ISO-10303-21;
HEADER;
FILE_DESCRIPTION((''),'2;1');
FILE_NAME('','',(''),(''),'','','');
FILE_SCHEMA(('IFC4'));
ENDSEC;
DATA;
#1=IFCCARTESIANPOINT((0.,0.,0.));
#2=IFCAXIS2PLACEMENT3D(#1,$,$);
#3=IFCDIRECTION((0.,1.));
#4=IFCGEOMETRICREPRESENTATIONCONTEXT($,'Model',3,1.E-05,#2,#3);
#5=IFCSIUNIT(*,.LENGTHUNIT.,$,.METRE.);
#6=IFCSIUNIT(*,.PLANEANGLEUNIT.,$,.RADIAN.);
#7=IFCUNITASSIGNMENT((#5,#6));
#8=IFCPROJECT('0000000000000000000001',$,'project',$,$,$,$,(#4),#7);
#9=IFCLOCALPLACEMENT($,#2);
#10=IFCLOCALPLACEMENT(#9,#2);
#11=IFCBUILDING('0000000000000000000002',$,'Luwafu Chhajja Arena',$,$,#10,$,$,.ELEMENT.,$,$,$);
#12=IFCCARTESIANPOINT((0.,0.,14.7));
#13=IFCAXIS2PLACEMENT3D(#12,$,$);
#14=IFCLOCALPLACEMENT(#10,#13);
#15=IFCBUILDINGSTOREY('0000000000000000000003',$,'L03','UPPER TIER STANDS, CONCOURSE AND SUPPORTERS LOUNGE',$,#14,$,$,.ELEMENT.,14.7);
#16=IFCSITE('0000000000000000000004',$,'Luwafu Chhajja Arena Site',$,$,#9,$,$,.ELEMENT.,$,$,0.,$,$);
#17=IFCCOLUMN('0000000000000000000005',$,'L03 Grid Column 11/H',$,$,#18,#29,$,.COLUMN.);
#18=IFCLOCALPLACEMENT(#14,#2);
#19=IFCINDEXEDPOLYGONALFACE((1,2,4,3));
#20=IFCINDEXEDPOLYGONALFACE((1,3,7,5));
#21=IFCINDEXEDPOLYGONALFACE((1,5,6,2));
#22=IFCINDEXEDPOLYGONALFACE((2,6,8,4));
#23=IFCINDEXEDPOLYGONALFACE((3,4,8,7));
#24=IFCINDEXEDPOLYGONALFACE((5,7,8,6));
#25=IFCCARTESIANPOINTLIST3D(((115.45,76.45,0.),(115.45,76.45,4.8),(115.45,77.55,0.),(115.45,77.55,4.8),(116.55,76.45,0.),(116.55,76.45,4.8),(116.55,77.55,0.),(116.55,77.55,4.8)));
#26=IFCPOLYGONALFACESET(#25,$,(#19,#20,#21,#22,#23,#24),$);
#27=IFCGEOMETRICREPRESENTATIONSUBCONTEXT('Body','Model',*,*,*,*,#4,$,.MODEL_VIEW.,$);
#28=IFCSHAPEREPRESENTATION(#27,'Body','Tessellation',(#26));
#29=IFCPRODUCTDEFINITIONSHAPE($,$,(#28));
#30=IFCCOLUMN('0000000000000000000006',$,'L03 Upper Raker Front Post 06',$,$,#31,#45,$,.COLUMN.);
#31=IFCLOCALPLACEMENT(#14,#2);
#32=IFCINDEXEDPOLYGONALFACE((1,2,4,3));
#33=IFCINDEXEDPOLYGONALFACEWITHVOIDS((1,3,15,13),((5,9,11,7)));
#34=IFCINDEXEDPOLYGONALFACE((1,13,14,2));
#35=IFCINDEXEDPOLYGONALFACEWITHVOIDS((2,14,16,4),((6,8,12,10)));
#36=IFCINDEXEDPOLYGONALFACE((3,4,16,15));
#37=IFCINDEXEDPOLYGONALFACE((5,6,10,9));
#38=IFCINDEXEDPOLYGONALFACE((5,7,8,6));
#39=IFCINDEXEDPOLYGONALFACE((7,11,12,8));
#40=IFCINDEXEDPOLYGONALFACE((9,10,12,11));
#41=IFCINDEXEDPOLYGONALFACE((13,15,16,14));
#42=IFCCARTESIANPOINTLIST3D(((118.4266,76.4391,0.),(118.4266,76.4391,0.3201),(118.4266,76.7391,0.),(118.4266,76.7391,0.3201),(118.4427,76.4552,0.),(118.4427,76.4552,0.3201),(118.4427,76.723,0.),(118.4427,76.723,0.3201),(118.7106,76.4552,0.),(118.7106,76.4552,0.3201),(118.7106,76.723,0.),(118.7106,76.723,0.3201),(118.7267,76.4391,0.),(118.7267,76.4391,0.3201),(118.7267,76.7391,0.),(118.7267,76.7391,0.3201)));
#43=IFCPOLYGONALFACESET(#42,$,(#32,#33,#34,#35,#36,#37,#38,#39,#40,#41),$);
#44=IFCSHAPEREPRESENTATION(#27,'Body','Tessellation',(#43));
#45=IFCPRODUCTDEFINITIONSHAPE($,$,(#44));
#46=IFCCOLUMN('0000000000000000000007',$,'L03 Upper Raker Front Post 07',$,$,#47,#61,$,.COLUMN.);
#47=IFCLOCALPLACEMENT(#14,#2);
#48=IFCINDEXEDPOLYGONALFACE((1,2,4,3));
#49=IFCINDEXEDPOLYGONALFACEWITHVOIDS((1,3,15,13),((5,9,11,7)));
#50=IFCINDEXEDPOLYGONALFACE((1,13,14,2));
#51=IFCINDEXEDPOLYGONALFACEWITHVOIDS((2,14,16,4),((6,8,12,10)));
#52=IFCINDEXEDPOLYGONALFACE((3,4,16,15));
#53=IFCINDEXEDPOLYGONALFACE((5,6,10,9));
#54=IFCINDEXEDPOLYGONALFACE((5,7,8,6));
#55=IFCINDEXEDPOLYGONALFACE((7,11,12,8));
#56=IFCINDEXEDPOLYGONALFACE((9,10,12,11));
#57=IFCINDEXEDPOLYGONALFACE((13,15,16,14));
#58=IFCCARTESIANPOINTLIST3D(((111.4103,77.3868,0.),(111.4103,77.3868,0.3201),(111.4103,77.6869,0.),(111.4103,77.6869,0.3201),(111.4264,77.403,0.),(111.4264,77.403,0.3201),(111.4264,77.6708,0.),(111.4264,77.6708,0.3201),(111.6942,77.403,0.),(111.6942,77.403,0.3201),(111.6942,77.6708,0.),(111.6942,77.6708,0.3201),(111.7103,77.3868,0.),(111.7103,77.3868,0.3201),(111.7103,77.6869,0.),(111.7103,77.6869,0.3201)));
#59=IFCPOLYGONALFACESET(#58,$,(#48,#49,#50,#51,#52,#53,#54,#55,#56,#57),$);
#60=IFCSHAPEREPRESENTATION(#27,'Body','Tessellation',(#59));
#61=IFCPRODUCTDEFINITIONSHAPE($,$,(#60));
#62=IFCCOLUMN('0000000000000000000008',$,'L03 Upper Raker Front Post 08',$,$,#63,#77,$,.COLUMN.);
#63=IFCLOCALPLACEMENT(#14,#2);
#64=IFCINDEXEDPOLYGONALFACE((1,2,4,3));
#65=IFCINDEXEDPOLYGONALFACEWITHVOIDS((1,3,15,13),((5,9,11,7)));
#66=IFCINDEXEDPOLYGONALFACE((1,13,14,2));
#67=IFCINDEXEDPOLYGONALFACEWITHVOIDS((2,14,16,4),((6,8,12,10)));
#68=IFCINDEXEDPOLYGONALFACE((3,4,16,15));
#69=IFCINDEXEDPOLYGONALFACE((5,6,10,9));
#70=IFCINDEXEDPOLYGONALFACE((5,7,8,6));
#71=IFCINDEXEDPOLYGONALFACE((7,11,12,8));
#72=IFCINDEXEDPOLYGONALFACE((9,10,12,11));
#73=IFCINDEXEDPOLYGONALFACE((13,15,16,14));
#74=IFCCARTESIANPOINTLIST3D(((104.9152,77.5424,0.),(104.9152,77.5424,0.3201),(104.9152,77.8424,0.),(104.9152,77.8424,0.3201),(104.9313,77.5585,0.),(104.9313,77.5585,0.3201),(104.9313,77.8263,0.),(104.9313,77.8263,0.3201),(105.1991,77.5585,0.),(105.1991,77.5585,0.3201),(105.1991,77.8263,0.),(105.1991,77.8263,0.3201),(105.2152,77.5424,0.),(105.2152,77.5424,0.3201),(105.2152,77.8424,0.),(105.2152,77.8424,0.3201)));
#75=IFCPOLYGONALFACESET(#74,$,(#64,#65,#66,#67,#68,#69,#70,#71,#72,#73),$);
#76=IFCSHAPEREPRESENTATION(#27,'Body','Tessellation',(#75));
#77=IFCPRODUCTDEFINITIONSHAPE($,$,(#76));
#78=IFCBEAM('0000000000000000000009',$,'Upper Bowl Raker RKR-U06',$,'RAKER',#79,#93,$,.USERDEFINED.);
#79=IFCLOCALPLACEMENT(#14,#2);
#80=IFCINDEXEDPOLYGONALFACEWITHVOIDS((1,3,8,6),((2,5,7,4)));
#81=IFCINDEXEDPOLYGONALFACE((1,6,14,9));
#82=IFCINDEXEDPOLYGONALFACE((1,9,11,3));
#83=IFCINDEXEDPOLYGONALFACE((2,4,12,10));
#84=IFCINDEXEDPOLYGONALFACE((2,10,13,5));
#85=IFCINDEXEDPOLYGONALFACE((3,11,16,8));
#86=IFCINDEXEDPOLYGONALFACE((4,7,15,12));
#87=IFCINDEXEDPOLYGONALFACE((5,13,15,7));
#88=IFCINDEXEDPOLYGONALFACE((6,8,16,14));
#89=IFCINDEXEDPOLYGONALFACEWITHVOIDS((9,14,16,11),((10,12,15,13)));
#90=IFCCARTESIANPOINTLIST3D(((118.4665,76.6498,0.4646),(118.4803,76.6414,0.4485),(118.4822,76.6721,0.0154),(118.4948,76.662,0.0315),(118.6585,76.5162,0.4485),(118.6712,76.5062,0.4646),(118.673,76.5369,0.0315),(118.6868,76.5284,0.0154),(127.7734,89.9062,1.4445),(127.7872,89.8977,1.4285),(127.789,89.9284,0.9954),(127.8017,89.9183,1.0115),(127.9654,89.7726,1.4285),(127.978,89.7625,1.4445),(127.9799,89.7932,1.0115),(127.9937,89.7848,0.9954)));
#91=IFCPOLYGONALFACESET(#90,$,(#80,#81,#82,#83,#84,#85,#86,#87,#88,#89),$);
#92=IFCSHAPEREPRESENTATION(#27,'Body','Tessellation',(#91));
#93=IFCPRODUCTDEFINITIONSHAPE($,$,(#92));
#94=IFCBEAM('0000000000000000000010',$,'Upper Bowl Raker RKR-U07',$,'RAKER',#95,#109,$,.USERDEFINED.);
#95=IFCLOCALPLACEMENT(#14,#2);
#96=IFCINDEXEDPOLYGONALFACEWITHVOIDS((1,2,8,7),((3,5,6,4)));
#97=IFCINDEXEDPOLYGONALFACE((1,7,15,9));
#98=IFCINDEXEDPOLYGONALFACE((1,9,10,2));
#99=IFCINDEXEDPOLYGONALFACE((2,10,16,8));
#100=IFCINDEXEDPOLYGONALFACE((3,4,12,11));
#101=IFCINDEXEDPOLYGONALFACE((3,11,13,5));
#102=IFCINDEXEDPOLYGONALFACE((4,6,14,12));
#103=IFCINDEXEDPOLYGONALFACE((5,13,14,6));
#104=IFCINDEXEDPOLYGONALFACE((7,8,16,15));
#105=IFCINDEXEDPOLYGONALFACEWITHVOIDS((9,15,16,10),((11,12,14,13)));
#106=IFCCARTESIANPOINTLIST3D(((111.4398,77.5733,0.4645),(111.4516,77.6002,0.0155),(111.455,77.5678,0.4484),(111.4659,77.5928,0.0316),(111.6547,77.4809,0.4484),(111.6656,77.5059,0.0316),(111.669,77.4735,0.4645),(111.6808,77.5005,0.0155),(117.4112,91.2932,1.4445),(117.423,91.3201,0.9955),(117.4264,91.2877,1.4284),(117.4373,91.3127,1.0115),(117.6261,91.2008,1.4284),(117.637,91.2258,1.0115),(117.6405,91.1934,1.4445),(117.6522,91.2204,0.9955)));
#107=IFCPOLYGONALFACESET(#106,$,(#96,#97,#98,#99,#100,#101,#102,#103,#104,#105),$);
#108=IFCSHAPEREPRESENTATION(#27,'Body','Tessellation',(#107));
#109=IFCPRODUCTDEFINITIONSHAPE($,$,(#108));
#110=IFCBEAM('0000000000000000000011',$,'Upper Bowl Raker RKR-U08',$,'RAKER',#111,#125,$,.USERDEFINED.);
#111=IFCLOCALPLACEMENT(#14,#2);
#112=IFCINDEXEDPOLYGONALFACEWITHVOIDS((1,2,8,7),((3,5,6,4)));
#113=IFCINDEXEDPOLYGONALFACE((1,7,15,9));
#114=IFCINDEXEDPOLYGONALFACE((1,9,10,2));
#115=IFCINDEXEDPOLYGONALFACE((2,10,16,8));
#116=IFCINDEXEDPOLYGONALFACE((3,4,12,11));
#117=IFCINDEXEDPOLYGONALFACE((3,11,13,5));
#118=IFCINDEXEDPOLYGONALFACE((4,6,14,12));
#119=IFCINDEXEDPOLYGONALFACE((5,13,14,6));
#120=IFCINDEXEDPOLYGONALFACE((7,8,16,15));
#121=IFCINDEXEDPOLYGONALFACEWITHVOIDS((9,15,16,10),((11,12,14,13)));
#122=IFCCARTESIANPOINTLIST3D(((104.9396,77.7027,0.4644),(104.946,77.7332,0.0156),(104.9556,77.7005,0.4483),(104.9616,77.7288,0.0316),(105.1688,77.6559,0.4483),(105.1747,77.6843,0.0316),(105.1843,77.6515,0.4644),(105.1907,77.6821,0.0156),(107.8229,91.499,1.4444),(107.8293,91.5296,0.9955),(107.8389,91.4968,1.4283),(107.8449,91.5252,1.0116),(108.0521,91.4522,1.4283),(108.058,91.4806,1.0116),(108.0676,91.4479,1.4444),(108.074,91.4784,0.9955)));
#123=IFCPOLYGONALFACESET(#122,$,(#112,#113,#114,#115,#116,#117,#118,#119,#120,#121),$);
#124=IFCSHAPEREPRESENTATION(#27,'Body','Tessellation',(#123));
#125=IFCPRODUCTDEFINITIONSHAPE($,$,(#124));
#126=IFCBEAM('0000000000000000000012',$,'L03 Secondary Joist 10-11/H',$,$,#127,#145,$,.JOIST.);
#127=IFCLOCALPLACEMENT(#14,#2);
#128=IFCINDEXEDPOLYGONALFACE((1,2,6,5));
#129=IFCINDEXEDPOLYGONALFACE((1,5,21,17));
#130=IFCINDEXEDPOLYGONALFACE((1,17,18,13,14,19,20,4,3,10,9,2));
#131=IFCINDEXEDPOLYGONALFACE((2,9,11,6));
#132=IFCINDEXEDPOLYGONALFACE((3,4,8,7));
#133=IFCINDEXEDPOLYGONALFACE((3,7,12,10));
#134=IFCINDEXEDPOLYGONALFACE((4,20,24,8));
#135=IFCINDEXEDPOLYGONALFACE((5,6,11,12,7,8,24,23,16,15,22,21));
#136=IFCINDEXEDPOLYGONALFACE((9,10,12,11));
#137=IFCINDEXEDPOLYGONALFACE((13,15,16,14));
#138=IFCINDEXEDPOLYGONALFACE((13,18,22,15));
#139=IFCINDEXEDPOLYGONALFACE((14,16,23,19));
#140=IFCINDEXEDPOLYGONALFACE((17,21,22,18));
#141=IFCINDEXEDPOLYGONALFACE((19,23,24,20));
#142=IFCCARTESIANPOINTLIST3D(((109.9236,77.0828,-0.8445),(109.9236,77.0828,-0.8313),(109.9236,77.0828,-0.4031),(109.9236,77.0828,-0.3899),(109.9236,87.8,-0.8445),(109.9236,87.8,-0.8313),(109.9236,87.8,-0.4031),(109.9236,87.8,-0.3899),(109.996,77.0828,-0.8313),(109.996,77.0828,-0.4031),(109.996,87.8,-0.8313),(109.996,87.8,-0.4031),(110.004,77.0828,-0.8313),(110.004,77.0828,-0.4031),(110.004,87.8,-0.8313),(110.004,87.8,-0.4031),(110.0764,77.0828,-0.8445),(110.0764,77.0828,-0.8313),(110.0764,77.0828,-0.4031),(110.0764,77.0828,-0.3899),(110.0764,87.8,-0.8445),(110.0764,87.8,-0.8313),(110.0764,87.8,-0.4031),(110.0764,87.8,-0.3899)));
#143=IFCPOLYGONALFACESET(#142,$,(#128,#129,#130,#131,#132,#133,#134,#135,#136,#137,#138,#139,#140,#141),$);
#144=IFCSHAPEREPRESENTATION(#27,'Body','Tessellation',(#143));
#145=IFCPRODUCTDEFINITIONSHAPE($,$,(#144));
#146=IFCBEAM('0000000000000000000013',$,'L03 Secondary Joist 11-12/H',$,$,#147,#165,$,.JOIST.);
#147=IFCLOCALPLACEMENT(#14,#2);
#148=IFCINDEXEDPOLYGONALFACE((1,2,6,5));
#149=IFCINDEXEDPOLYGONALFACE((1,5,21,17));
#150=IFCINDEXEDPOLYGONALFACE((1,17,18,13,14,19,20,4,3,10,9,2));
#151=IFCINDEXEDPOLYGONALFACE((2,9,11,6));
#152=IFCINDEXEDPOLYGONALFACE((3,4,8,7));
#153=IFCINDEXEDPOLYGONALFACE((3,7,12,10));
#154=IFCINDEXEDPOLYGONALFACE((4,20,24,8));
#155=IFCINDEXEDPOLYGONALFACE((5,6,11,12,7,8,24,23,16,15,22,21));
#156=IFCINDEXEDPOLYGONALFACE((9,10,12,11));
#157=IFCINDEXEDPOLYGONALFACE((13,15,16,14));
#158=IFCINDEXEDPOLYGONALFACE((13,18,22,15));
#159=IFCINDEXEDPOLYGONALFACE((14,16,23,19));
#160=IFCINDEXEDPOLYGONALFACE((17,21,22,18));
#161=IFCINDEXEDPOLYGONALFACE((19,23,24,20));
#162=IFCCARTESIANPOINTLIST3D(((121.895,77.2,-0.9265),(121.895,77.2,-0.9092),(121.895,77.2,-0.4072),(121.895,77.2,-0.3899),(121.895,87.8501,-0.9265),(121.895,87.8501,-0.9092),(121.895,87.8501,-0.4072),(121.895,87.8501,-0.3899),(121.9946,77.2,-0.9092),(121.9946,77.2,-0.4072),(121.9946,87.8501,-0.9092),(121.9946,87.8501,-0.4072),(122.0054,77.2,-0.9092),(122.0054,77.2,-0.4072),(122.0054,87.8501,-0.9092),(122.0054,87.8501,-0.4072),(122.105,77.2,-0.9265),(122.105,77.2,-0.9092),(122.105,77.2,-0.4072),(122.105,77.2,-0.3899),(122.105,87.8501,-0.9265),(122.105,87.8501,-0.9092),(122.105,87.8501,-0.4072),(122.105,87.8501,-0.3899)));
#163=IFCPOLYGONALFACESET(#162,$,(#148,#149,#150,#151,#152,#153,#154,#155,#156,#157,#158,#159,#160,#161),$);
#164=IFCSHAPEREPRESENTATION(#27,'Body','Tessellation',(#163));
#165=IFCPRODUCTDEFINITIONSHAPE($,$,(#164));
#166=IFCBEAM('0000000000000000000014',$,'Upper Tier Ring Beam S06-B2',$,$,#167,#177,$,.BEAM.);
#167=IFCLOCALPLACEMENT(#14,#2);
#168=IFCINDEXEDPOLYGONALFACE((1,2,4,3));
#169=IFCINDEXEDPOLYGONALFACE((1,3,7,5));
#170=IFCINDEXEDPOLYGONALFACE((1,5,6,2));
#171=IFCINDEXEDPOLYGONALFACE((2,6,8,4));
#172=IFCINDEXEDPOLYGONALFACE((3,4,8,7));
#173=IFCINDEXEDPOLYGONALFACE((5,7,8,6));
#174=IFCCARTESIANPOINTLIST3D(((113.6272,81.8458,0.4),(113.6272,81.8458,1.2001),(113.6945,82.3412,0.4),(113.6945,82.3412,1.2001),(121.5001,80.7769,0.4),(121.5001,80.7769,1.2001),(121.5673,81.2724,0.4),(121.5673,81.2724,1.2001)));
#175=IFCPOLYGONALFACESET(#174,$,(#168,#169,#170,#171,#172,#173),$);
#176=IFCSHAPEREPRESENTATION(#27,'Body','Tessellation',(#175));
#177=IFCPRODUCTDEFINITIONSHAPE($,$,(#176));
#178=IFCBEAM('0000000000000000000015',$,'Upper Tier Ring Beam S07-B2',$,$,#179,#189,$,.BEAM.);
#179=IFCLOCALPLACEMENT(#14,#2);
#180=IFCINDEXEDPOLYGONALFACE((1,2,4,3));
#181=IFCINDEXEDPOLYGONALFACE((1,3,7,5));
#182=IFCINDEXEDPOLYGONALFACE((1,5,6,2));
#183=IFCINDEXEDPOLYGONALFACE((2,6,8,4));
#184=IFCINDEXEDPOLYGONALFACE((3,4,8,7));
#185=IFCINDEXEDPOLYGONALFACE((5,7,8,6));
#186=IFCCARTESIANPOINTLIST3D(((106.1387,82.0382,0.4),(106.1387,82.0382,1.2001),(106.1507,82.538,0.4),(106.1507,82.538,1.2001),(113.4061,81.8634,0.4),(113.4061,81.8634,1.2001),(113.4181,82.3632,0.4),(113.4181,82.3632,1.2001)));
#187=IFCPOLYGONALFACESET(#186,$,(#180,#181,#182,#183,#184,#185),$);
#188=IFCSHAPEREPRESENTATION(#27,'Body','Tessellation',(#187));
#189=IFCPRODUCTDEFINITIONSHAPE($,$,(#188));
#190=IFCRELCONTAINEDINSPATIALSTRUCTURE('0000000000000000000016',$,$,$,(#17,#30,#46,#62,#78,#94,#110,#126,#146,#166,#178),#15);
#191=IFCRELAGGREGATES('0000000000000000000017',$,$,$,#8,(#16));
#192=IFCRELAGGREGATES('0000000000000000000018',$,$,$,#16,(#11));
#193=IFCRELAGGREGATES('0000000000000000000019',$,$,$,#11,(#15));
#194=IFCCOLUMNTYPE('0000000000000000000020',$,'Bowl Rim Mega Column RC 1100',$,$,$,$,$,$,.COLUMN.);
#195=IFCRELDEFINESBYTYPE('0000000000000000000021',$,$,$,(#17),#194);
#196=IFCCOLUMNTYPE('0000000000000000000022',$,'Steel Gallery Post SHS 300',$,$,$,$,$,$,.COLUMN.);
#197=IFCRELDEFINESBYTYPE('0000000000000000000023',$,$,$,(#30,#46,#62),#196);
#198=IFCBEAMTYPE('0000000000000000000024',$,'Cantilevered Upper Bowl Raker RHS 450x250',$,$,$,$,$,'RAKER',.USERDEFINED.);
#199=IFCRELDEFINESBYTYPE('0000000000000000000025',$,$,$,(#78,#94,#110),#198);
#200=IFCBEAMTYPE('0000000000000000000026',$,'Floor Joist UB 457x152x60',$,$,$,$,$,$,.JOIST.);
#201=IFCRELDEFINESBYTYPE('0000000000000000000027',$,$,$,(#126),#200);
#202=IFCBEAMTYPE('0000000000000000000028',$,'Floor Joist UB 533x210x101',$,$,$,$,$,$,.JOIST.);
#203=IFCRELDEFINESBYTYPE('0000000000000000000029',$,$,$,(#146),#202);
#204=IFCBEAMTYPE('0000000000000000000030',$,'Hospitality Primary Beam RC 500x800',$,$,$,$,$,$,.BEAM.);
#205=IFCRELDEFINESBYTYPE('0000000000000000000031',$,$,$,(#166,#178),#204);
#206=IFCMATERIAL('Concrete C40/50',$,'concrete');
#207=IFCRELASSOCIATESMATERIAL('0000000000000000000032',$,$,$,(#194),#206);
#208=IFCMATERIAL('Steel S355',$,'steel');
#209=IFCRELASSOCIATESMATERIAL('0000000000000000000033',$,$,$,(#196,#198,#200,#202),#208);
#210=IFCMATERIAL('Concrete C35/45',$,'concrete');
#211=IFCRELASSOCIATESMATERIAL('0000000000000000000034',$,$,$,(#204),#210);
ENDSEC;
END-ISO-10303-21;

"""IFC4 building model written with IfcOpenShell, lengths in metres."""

from ifc_helpers import new_model, si_unit, direction, frame, origin, origin_2d, place, context, subcontext, project, spatial, rectangle, hollow_rectangle, i_section, extrude, material, material_profile, profile_set, type_object, element, save


model = new_model("IFC4")

# Units and contexts
model_context = context("Model", 3, precision=1e-05, world=origin(), true_north=direction((0.0, 1.0)))
body_context = subcontext(model_context, "Body", "Model", "MODEL_VIEW")
ifc_project = project(units=[si_unit("LENGTHUNIT", "METRE"), si_unit("PLANEANGLEUNIT", "RADIAN")], contexts=[model_context])

# Site, building, storey
site_placement = place(None, origin())
site = spatial("IfcSite", under=ifc_project, at=site_placement, Name="Luwafu Chhajja Arena Site", CompositionType="ELEMENT", RefElevation=0.0)
building_placement = place(site_placement, origin())
building = spatial("IfcBuilding", under=site, at=building_placement, Name="Luwafu Chhajja Arena", CompositionType="ELEMENT")
storey_placement = place(building_placement, frame((0.0, 0.0, 14.7)))
storey = spatial("IfcBuildingStorey", under=building, at=storey_placement, Name="L03", Description="UPPER TIER STANDS, CONCOURSE AND SUPPORTERS LOUNGE", CompositionType="ELEMENT", Elevation=14.7)

# Columns
ifc_material_1 = material(Name="Concrete C40/50", Category="concrete")
ifc_material_profile_1 = material_profile(ifc_material_1, rectangle(XDim=1.1001, YDim=1.1001, at=origin_2d()), Name="RC 1100x1100")
ifc_profile_set_1 = profile_set([ifc_material_profile_1], Name="Concrete C40/50")
column_type_1 = type_object("IfcColumnType", Name="Bowl Rim Mega Column RC 1100", PredefinedType="COLUMN", material=ifc_profile_set_1)
column_placement = place(storey_placement, frame((116.0, 77.0, 0.0), z_axis=(0.0, 0.0, 1.0), x_axis=(1.0, 0.0, 0.0)))
element("IfcColumn", 1, at=column_placement, inside=storey, type_object=column_type_1, Name="L03 Grid Column 11/H", PredefinedType="COLUMN", context=body_context, shape_type="SweptSolid", body=[
    extrude(rectangle(XDim=1.1001, YDim=1.1001, at=origin_2d()), origin(), (0.0, 0.0, 1.0), 4.8),
])
ifc_material_2 = material(Name="Steel S355", Category="steel")
ifc_material_profile_2 = material_profile(ifc_material_2, hollow_rectangle(XDim=0.3, YDim=0.3, WallThickness=0.0161, at=origin_2d()), Name="SHS 300x300x16")
ifc_profile_set_2 = profile_set([ifc_material_profile_2], Name="Steel S355")
column_type_2 = type_object("IfcColumnType", Name="Steel Gallery Post SHS 300", PredefinedType="COLUMN", material=ifc_profile_set_2)
for number, where, z_axis, x_axis, name in (
    (2, (118.5767, 76.5891, 0.0), (0.0, 0.0, 1.0), (1.0, 0.0, 0.0), "L03 Upper Raker Front Post 06"),
    (3, (111.5603, 77.5369, 0.0), (0.0, 0.0, 1.0), (1.0, 0.0, 0.0), "L03 Upper Raker Front Post 07"),
    (4, (105.0652, 77.6924, 0.0), (0.0, 0.0, 1.0), (1.0, 0.0, 0.0), "L03 Upper Raker Front Post 08"),
):
    element("IfcColumn", number, at=place(storey_placement, frame(where, z_axis=z_axis, x_axis=x_axis)), inside=storey, type_object=column_type_2, Name=name, PredefinedType="COLUMN", context=body_context, shape_type="SweptSolid", body=[
        extrude(hollow_rectangle(XDim=0.3, YDim=0.3, WallThickness=0.0161, at=origin_2d()), origin(), (0.0, 0.0, 1.0), 0.3201),
    ])

# Beams
ifc_material_profile_3 = material_profile(ifc_material_2, hollow_rectangle(XDim=0.25, YDim=0.45, WallThickness=0.0161, at=origin_2d()), Name="RHS 450x250x16")
ifc_profile_set_3 = profile_set([ifc_material_profile_3], Name="Steel S355")
beam_type_1 = type_object("IfcBeamType", Name="Cantilevered Upper Bowl Raker RHS 450x250", ElementType="RAKER", PredefinedType="USERDEFINED", material=ifc_profile_set_3)
beam_1_placement = place(storey_placement, frame((118.5767, 76.5891, 0.24), z_axis=(0.57355, 0.816941, 0.060393), x_axis=(-0.818435, 0.574599, 0.0)))
element("IfcBeam", 5, at=beam_1_placement, inside=storey, type_object=beam_type_1, Name="Upper Bowl Raker RKR-U06", ObjectType="RAKER", PredefinedType="USERDEFINED", context=body_context, shape_type="SweptSolid", body=[
    extrude(hollow_rectangle(XDim=0.25, YDim=0.45, WallThickness=0.0161, at=origin_2d()), origin(), (0.0, 0.0, 1.0), 16.2268),
])
beam_2_placement = place(storey_placement, frame((111.5603, 77.5369, 0.24), z_axis=(0.398223, 0.914958, 0.065353), x_axis=(-0.916918, 0.399076, 0.0)))
element("IfcBeam", 6, at=beam_2_placement, inside=storey, type_object=beam_type_1, Name="Upper Bowl Raker RKR-U07", ObjectType="RAKER", PredefinedType="USERDEFINED", context=body_context, shape_type="SweptSolid", body=[
    extrude(hollow_rectangle(XDim=0.25, YDim=0.45, WallThickness=0.0161, at=origin_2d()), origin(), (0.0, 0.0, 1.0), 14.9951),
])
beam_3_placement = place(storey_placement, frame((105.0652, 77.6924, 0.24), z_axis=(0.204077, 0.976494, 0.069362), x_axis=(-0.978852, 0.20457, 0.0)))
element("IfcBeam", 7, at=beam_3_placement, inside=storey, type_object=beam_type_1, Name="Upper Bowl Raker RKR-U08", ObjectType="RAKER", PredefinedType="USERDEFINED", context=body_context, shape_type="SweptSolid", body=[
    extrude(hollow_rectangle(XDim=0.25, YDim=0.45, WallThickness=0.0161, at=origin_2d()), origin(), (0.0, 0.0, 1.0), 14.1284),
])
ifc_material_profile_4 = material_profile(ifc_material_2, i_section(OverallWidth=0.1528, OverallDepth=0.4546, WebThickness=0.0081, FlangeThickness=0.0132, at=origin_2d()), Name="UB 457x152x60")
ifc_profile_set_4 = profile_set([ifc_material_profile_4], Name="Steel S355")
beam_type_2 = type_object("IfcBeamType", Name="Floor Joist UB 457x152x60", PredefinedType="JOIST", material=ifc_profile_set_4)
beam_4_placement = place(storey_placement, frame((110.0, 77.0828, -0.6172), z_axis=(0.0, 1.0, 0.0), x_axis=(-1.0, 0.0, 0.0)))
element("IfcBeam", 8, at=beam_4_placement, inside=storey, type_object=beam_type_2, Name="L03 Secondary Joist 10-11/H", PredefinedType="JOIST", context=body_context, shape_type="SweptSolid", body=[
    extrude(i_section(OverallWidth=0.1528, OverallDepth=0.4546, WebThickness=0.0081, FlangeThickness=0.0132, at=origin_2d()), origin(), (0.0, 0.0, 1.0), 10.7173),
])
ifc_material_profile_5 = material_profile(ifc_material_2, i_section(OverallWidth=0.21, OverallDepth=0.5366, WebThickness=0.0107, FlangeThickness=0.0173, at=origin_2d()), Name="UB 533x210x101")
ifc_profile_set_5 = profile_set([ifc_material_profile_5], Name="Steel S355")
beam_type_3 = type_object("IfcBeamType", Name="Floor Joist UB 533x210x101", PredefinedType="JOIST", material=ifc_profile_set_5)
beam_5_placement = place(storey_placement, frame((122.0, 77.2, -0.6582), z_axis=(0.0, 1.0, 0.0), x_axis=(-1.0, 0.0, 0.0)))
element("IfcBeam", 9, at=beam_5_placement, inside=storey, type_object=beam_type_3, Name="L03 Secondary Joist 11-12/H", PredefinedType="JOIST", context=body_context, shape_type="SweptSolid", body=[
    extrude(i_section(OverallWidth=0.21, OverallDepth=0.5366, WebThickness=0.0107, FlangeThickness=0.0173, at=origin_2d()), origin(), (0.0, 0.0, 1.0), 10.6501),
])
ifc_material_3 = material(Name="Concrete C35/45", Category="concrete")
ifc_material_profile_6 = material_profile(ifc_material_3, rectangle(XDim=0.5, YDim=0.8, at=origin_2d()), Name="RC 500x800")
ifc_profile_set_6 = profile_set([ifc_material_profile_6], Name="Concrete C35/45")
beam_type_4 = type_object("IfcBeamType", Name="Hospitality Primary Beam RC 500x800", PredefinedType="BEAM", material=ifc_profile_set_6)
beam_6_placement = place(storey_placement, frame((121.5337, 81.0247, 0.8), z_axis=(-0.990909, 0.13453, 0.0), x_axis=(-0.13453, -0.990909, 0.0)))
element("IfcBeam", 10, at=beam_6_placement, inside=storey, type_object=beam_type_4, Name="Upper Tier Ring Beam S06-B2", PredefinedType="BEAM", context=body_context, shape_type="SweptSolid", body=[
    extrude(rectangle(XDim=0.5, YDim=0.8, at=origin_2d()), origin(), (0.0, 0.0, 1.0), 7.9451),
])
beam_7_placement = place(storey_placement, frame((113.4121, 82.1133, 0.8), z_axis=(-0.999711, 0.024047, 0.0), x_axis=(-0.024047, -0.999711, 0.0)))
element("IfcBeam", 11, at=beam_7_placement, inside=storey, type_object=beam_type_4, Name="Upper Tier Ring Beam S07-B2", PredefinedType="BEAM", context=body_context, shape_type="SweptSolid", body=[
    extrude(rectangle(XDim=0.5, YDim=0.8, at=origin_2d()), origin(), (0.0, 0.0, 1.0), 7.2695),
])

save(model, "model.ifc")
